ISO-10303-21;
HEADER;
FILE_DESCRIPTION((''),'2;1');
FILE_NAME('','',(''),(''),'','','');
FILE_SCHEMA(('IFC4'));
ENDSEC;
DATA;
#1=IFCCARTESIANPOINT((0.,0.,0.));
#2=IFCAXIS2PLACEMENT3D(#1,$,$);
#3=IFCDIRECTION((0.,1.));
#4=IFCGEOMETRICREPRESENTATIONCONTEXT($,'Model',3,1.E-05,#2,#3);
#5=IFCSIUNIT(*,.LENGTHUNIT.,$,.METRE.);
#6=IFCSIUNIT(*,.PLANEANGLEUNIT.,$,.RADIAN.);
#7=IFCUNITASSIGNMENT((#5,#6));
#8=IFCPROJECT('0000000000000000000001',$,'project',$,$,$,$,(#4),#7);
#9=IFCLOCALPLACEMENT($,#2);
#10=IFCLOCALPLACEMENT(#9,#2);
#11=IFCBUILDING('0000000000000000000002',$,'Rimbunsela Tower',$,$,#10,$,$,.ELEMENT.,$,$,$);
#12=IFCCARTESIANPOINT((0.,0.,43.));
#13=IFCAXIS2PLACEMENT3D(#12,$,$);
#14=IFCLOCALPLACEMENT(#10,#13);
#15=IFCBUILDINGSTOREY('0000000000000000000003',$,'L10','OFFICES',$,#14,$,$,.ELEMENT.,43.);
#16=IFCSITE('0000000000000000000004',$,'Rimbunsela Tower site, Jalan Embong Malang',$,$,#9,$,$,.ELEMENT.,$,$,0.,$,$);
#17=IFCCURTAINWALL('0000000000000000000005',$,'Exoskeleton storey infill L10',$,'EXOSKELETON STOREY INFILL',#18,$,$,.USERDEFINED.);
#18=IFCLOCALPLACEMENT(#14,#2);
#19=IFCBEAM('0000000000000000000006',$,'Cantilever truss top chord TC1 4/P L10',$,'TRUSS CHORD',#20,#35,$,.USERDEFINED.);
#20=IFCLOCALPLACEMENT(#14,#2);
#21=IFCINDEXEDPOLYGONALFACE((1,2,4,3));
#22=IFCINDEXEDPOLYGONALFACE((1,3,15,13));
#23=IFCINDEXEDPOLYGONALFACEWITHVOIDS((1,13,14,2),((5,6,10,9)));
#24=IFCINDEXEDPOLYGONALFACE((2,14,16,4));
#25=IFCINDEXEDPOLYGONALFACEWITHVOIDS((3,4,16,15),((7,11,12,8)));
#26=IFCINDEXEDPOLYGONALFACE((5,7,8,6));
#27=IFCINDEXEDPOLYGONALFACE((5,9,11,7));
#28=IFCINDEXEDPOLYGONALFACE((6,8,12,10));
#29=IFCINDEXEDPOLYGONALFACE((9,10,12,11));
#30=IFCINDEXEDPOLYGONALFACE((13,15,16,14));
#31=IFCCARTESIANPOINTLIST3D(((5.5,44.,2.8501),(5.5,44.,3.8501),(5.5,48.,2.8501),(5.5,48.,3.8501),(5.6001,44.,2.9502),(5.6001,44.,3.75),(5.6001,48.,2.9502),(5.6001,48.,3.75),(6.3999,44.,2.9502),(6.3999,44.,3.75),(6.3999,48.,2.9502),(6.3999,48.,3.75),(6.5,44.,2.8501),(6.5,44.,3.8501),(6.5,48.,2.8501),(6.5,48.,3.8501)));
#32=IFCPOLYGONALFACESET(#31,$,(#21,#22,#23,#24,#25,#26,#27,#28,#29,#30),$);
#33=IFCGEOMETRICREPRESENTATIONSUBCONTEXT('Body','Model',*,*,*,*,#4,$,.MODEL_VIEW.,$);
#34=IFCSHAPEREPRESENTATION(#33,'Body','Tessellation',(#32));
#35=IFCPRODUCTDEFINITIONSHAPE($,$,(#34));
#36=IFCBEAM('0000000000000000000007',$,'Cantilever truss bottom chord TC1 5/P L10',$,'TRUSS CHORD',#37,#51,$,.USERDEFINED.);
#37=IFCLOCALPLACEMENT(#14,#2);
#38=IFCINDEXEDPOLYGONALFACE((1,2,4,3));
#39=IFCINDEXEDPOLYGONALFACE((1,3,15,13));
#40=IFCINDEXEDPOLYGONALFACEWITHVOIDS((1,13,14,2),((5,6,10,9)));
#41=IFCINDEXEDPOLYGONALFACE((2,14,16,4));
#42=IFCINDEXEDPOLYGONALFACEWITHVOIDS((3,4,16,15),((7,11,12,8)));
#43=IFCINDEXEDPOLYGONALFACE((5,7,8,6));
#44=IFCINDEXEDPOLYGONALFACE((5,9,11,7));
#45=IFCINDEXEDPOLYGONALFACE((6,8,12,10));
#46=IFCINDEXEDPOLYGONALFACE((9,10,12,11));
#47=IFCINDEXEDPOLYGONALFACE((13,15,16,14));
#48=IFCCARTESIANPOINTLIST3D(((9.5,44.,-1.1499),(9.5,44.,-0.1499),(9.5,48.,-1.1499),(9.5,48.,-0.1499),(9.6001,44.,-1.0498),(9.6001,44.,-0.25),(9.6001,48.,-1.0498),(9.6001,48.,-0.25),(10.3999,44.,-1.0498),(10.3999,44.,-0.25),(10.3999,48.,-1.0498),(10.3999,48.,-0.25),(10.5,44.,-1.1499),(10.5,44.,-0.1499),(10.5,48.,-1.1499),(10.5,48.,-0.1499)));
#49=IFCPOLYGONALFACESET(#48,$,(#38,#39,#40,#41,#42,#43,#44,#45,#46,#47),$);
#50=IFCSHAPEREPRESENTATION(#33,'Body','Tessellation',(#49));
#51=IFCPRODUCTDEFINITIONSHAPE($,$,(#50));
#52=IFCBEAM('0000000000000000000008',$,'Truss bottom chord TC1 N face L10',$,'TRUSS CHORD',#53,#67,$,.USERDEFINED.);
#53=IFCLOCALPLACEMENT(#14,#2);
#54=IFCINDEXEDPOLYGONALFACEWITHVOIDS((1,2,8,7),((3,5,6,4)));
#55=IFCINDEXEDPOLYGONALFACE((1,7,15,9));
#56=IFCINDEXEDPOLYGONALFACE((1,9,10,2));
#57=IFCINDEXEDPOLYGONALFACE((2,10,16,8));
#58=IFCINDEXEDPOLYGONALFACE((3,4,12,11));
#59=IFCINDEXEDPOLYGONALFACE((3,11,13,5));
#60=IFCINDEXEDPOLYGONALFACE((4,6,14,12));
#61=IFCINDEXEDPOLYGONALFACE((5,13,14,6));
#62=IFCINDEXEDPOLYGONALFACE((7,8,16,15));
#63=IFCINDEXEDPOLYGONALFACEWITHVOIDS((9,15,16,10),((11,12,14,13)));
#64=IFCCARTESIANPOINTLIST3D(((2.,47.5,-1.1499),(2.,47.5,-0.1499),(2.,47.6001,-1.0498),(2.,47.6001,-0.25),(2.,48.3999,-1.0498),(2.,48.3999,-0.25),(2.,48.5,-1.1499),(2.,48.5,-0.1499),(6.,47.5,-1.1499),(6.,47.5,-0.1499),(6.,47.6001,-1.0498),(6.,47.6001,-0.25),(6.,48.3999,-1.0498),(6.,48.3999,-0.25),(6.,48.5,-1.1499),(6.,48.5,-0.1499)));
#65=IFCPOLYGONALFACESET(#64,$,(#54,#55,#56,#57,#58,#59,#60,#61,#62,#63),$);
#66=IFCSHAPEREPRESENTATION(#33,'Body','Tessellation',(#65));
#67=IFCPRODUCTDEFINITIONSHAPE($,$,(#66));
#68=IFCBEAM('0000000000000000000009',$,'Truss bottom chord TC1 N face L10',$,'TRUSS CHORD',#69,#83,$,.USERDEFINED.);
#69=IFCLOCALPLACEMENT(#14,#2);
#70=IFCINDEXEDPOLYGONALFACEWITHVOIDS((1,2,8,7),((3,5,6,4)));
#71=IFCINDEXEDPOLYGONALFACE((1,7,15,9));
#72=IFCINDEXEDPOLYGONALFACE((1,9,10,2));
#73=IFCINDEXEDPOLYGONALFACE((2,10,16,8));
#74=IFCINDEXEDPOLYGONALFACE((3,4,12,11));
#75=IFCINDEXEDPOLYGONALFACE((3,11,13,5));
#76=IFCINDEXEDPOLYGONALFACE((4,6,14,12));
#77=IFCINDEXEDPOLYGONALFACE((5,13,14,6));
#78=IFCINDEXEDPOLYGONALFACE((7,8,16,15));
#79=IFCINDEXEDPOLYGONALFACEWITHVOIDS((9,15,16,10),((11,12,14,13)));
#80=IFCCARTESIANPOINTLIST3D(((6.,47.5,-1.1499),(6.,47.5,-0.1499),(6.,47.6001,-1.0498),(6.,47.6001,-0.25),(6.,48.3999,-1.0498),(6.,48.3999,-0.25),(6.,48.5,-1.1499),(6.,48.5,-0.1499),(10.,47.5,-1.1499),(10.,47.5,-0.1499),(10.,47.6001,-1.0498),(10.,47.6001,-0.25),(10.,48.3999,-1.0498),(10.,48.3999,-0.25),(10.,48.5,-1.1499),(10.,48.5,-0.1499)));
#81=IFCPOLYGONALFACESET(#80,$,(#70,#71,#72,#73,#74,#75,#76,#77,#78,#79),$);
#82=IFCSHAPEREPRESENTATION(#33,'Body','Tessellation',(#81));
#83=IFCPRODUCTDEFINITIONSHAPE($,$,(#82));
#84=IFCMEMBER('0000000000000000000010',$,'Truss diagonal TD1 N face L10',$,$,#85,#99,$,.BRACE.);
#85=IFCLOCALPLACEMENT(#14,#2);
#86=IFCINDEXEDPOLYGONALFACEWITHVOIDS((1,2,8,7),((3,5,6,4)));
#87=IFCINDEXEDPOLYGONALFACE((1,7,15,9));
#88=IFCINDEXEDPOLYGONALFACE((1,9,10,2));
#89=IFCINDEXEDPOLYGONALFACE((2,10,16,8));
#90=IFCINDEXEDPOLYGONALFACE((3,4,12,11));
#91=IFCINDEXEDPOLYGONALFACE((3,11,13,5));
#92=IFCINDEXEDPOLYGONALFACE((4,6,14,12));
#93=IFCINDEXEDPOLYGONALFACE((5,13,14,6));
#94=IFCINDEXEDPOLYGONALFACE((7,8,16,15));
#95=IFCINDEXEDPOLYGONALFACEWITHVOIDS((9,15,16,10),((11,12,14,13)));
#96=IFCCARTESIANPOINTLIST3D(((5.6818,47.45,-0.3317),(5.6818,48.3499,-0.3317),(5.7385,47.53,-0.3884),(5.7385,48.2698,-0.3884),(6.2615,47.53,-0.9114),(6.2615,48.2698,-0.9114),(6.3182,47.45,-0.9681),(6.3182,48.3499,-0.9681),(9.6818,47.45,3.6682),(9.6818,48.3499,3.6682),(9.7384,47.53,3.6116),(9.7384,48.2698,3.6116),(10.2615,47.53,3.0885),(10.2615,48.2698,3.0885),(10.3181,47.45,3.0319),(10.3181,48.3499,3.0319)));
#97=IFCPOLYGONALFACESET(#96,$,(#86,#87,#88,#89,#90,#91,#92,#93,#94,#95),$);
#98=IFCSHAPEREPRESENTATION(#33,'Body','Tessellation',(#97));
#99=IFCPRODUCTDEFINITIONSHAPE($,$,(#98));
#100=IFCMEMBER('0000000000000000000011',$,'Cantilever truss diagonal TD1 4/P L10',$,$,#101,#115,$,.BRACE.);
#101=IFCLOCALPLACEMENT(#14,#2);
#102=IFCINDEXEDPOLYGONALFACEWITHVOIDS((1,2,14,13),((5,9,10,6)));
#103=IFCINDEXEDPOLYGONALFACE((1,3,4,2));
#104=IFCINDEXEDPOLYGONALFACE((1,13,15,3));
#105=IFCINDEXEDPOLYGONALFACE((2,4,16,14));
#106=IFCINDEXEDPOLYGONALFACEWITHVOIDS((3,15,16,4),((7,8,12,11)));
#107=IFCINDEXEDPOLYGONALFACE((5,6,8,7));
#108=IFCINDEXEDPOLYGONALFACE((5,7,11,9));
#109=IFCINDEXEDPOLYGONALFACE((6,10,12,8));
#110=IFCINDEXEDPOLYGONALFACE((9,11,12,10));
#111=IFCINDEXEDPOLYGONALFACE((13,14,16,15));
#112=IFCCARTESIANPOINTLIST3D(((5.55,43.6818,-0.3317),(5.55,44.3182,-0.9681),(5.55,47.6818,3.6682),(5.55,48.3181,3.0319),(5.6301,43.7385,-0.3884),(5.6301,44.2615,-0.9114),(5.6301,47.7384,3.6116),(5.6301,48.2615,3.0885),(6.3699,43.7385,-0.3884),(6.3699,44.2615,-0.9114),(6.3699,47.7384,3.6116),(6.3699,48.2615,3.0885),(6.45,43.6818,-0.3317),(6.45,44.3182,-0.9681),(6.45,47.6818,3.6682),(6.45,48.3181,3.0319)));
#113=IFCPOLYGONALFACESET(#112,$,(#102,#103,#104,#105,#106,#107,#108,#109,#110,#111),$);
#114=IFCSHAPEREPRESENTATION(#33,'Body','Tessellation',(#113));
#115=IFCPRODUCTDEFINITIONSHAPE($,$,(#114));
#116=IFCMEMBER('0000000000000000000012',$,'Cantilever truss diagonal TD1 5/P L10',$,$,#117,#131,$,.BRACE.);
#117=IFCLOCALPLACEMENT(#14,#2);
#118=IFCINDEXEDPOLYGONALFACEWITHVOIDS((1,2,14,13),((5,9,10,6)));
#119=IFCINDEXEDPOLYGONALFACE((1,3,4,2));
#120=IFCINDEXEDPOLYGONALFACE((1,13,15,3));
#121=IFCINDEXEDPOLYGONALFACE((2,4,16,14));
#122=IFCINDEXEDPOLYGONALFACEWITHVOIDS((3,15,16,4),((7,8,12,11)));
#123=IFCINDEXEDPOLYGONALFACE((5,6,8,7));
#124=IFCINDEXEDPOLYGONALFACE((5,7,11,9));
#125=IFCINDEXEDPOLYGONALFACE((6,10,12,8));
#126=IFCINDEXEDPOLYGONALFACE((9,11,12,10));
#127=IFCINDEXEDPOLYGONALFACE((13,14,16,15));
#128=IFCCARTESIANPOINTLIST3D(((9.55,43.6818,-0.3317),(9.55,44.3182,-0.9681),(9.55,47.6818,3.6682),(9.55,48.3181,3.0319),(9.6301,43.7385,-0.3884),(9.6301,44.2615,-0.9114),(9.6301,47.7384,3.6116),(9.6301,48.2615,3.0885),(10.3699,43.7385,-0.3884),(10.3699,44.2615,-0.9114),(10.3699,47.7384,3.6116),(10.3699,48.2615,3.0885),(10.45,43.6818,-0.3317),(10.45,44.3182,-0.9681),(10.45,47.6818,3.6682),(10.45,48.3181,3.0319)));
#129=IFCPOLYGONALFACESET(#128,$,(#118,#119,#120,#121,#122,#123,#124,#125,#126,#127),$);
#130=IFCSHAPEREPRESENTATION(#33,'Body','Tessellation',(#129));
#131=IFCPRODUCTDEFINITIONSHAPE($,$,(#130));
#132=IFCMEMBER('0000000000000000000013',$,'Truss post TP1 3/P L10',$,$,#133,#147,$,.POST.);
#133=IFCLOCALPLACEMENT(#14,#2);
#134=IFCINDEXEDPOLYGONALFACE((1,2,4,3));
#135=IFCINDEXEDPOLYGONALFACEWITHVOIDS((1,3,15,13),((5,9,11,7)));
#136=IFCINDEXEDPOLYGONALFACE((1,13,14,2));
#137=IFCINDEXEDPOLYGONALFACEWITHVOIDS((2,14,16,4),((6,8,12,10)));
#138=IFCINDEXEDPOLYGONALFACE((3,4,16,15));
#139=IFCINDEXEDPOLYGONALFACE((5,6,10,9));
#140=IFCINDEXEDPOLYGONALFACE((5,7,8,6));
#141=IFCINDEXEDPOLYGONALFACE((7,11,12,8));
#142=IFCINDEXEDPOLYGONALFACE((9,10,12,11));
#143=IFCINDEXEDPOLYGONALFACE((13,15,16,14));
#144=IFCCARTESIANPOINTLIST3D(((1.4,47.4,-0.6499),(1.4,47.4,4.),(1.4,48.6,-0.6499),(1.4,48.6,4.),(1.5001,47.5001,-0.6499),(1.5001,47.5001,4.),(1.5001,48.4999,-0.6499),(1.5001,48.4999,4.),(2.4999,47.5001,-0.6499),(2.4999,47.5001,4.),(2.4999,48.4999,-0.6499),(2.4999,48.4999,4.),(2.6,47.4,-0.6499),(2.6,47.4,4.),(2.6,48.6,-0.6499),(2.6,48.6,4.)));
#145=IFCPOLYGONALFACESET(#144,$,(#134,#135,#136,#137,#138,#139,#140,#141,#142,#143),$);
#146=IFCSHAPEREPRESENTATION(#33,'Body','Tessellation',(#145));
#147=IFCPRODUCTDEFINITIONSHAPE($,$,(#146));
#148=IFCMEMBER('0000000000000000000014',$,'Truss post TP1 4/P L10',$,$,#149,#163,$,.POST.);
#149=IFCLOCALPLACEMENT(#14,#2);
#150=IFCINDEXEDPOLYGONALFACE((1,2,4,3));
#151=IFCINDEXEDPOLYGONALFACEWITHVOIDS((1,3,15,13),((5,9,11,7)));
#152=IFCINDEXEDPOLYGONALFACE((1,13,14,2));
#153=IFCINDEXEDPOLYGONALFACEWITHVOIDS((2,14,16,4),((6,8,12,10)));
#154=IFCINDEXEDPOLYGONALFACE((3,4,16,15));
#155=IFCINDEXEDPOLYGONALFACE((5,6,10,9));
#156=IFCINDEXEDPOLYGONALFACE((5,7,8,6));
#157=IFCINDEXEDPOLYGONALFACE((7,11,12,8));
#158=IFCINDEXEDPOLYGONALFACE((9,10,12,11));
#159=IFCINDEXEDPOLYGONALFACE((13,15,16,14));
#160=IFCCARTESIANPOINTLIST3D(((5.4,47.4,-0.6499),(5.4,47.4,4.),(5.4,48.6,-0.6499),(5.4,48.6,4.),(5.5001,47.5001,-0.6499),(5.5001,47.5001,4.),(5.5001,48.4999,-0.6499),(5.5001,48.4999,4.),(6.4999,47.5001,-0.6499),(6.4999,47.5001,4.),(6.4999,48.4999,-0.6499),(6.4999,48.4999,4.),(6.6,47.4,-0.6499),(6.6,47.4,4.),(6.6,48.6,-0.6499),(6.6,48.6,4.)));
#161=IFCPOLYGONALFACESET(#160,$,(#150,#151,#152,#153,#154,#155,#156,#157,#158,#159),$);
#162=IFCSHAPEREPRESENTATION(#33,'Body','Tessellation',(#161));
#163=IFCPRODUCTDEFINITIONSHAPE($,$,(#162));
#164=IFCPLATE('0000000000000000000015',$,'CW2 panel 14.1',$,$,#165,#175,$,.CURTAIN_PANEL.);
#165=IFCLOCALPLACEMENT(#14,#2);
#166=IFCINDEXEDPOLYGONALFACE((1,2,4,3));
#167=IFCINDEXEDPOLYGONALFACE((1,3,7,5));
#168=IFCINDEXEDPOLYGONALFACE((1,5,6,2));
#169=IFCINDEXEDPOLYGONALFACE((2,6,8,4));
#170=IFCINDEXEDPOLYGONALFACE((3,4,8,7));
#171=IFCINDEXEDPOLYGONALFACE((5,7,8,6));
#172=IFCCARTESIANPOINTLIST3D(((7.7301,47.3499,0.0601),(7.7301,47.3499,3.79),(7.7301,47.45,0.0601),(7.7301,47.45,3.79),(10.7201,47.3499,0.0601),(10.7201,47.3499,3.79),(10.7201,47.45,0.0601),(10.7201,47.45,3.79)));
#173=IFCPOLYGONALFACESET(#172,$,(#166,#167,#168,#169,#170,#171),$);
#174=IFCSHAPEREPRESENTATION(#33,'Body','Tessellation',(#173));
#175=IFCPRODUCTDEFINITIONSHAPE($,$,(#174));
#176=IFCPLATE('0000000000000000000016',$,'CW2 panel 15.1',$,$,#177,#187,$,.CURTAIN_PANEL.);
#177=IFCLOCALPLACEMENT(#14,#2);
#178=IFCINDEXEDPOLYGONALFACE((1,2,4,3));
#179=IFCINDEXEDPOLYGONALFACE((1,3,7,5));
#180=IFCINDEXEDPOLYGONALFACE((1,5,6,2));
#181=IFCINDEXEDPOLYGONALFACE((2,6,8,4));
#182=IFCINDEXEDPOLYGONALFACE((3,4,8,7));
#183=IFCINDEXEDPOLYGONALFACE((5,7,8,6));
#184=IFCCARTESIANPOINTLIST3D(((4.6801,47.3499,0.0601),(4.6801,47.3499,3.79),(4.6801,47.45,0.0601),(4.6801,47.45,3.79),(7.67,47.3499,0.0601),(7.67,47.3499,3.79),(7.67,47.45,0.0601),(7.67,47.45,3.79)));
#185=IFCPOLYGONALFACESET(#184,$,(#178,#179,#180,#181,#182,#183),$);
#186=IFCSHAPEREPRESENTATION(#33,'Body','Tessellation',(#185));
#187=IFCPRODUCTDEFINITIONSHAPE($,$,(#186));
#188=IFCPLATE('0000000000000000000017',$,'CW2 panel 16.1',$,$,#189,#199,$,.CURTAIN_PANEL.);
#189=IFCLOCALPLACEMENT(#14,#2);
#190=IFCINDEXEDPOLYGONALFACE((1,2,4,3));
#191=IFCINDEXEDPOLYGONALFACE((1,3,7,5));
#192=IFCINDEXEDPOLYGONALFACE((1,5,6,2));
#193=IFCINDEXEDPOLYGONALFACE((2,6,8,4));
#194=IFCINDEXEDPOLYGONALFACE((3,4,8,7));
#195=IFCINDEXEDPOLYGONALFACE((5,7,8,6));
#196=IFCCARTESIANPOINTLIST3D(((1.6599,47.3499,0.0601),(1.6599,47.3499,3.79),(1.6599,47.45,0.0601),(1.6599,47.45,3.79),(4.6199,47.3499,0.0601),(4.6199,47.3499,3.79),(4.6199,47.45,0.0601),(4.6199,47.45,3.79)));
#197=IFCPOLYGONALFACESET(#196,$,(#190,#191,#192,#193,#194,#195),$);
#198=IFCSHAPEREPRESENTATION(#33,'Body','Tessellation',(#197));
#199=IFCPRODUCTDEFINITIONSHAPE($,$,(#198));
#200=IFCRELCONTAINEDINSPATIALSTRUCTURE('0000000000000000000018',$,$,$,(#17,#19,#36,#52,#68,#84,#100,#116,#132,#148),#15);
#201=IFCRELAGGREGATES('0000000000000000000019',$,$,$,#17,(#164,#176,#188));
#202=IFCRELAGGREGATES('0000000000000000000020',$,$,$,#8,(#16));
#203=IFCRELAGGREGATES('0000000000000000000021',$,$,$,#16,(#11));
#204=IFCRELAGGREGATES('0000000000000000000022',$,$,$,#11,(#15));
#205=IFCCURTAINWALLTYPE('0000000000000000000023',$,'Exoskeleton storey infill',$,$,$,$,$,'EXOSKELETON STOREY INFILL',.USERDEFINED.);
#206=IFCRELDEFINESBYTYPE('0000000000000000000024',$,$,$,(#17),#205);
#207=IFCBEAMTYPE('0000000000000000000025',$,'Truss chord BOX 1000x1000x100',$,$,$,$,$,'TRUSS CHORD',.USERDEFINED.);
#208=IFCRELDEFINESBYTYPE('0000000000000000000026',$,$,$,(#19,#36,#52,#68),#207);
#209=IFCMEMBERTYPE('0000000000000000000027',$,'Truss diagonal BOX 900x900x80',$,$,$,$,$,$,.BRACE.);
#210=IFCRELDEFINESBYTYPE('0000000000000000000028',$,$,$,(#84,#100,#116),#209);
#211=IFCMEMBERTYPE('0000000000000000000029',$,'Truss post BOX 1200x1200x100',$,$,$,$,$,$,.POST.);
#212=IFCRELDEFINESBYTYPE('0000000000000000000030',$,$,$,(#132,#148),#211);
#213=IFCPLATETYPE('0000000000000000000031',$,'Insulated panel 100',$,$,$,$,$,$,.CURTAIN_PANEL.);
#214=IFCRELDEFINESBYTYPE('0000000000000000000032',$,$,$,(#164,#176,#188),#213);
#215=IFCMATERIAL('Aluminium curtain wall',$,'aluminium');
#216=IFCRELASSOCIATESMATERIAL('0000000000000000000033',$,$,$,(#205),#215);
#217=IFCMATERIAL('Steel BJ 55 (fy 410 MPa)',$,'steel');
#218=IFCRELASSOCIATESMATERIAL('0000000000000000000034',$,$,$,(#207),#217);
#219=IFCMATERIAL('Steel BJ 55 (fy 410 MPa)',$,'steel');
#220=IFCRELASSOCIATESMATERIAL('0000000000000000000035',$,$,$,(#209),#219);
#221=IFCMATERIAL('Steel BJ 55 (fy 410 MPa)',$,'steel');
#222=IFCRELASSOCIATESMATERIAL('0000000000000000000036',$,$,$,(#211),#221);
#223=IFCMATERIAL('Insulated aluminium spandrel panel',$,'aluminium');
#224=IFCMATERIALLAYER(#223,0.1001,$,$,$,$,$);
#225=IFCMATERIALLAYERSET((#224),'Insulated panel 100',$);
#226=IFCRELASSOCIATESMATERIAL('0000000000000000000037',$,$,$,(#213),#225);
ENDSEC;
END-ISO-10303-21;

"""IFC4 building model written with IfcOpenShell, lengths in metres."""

from ifc_helpers import new_model, si_unit, direction, frame, origin, origin_2d, place, context, subcontext, project, spatial, rectangle, hollow_rectangle, extrude, material, layer, layer_set, material_profile, profile_set, type_object, element, aggregate, save


model = new_model("IFC4")

# Units and contexts
model_context = context("Model", 3, precision=1e-05, world=origin(), true_north=direction((0.0, 1.0)))
body_context = subcontext(model_context, "Body", "Model", "MODEL_VIEW")
ifc_project = project(units=[si_unit("LENGTHUNIT", "METRE"), si_unit("PLANEANGLEUNIT", "RADIAN")], contexts=[model_context])

# Site, building, storey
site_placement = place(None, origin())
site = spatial("IfcSite", under=ifc_project, at=site_placement, Name="Rimbunsela Tower site, Jalan Embong Malang", CompositionType="ELEMENT", RefElevation=0.0)
building_placement = place(site_placement, origin())
building = spatial("IfcBuilding", under=site, at=building_placement, Name="Rimbunsela Tower", CompositionType="ELEMENT")
storey_placement = place(building_placement, frame((0.0, 0.0, 43.0)))
storey = spatial("IfcBuildingStorey", under=building, at=storey_placement, Name="L10", Description="OFFICES", CompositionType="ELEMENT", Elevation=43.0)

# Curtain wall
ifc_material_1 = material(Name="Aluminium curtain wall", Category="aluminium")
curtain_wall_type = type_object("IfcCurtainWallType", Name="Exoskeleton storey infill", ElementType="EXOSKELETON STOREY INFILL", PredefinedType="USERDEFINED", material=ifc_material_1)
curtain_wall_placement = place(storey_placement, origin())
curtain_wall = element("IfcCurtainWall", 1, at=curtain_wall_placement, inside=storey, type_object=curtain_wall_type, Name="Exoskeleton storey infill L10", ObjectType="EXOSKELETON STOREY INFILL", PredefinedType="USERDEFINED")

# Beams
ifc_material_2 = material(Name="Steel BJ 55 (fy 410 MPa)", Category="steel")
ifc_material_profile_1 = material_profile(ifc_material_2, hollow_rectangle(XDim=1.0, YDim=1.0, WallThickness=0.1001, at=origin_2d()), Name="BOX 1000x1000x100")
ifc_profile_set_1 = profile_set([ifc_material_profile_1], Name="Steel BJ 55 (fy 410 MPa)")
beam_type_1 = type_object("IfcBeamType", Name="Truss chord BOX 1000x1000x100", ElementType="TRUSS CHORD", PredefinedType="USERDEFINED", material=ifc_profile_set_1)
for number, where, z_axis, x_axis, name in (
    (2, (6.0, 44.0, 3.3501), (0.0, 1.0, 0.0), (-1.0, 0.0, 0.0), "Cantilever truss top chord TC1 4/P L10"),
    (3, (10.0, 44.0, -0.6499), (0.0, 1.0, 0.0), (-1.0, 0.0, 0.0), "Cantilever truss bottom chord TC1 5/P L10"),
    (4, (2.0, 48.0, -0.6499), (1.0, 0.0, 0.0), (0.0, 1.0, 0.0), "Truss bottom chord TC1 N face L10"),
    (5, (6.0, 48.0, -0.6499), (1.0, 0.0, 0.0), (0.0, 1.0, 0.0), "Truss bottom chord TC1 N face L10"),
):
    element("IfcBeam", number, at=place(storey_placement, frame(where, z_axis=z_axis, x_axis=x_axis)), inside=storey, type_object=beam_type_1, Name=name, ObjectType="TRUSS CHORD", PredefinedType="USERDEFINED", context=body_context, shape_type="SweptSolid", body=[
        extrude(hollow_rectangle(XDim=1.0, YDim=1.0, WallThickness=0.1001, at=origin_2d()), origin(), (0.0, 0.0, 1.0), 4.0),
    ])

# Members
ifc_material_3 = material(Name="Steel BJ 55 (fy 410 MPa)", Category="steel")
ifc_material_profile_2 = material_profile(ifc_material_3, hollow_rectangle(XDim=0.8999, YDim=0.8999, WallThickness=0.0801, at=origin_2d()), Name="BOX 900x900x80")
ifc_profile_set_2 = profile_set([ifc_material_profile_2], Name="Steel BJ 55 (fy 410 MPa)")
member_type_1 = type_object("IfcMemberType", Name="Truss diagonal BOX 900x900x80", PredefinedType="BRACE", material=ifc_profile_set_2)
for number, where, z_axis, x_axis, name in (
    (6, (6.0, 47.8999, -0.6499), (0.707107, 0.0, 0.707107), (0.0, 1.0, 0.0), "Truss diagonal TD1 N face L10"),
    (7, (6.0, 44.0, -0.6499), (0.0, 0.707107, 0.707107), (-1.0, 0.0, 0.0), "Cantilever truss diagonal TD1 4/P L10"),
    (8, (10.0, 44.0, -0.6499), (0.0, 0.707107, 0.707107), (-1.0, 0.0, 0.0), "Cantilever truss diagonal TD1 5/P L10"),
):
    element("IfcMember", number, at=place(storey_placement, frame(where, z_axis=z_axis, x_axis=x_axis)), inside=storey, type_object=member_type_1, Name=name, PredefinedType="BRACE", context=body_context, shape_type="SweptSolid", body=[
        extrude(hollow_rectangle(XDim=0.8999, YDim=0.8999, WallThickness=0.0801, at=origin_2d()), origin(), (0.0, 0.0, 1.0), 5.6567),
    ])
ifc_material_4 = material(Name="Steel BJ 55 (fy 410 MPa)", Category="steel")
ifc_material_profile_3 = material_profile(ifc_material_4, hollow_rectangle(XDim=1.2, YDim=1.2, WallThickness=0.1001, at=origin_2d()), Name="BOX 1200x1200x100")
ifc_profile_set_3 = profile_set([ifc_material_profile_3], Name="Steel BJ 55 (fy 410 MPa)")
member_type_2 = type_object("IfcMemberType", Name="Truss post BOX 1200x1200x100", PredefinedType="POST", material=ifc_profile_set_3)
for number, where, z_axis, x_axis, name in (
    (9, (2.0, 48.0, -0.6499), (0.0, 0.0, 1.0), (1.0, 0.0, 0.0), "Truss post TP1 3/P L10"),
    (10, (6.0, 48.0, -0.6499), (0.0, 0.0, 1.0), (1.0, 0.0, 0.0), "Truss post TP1 4/P L10"),
):
    element("IfcMember", number, at=place(storey_placement, frame(where, z_axis=z_axis, x_axis=x_axis)), inside=storey, type_object=member_type_2, Name=name, PredefinedType="POST", context=body_context, shape_type="SweptSolid", body=[
        extrude(hollow_rectangle(XDim=1.2, YDim=1.2, WallThickness=0.1001, at=origin_2d()), origin(), (0.0, 0.0, 1.0), 4.6499),
    ])

# Plates
ifc_material_5 = material(Name="Insulated aluminium spandrel panel", Category="aluminium")
ifc_layer = layer(ifc_material_5, 0.1001)
ifc_layer_set = layer_set([ifc_layer], Name="Insulated panel 100")
plate_type = type_object("IfcPlateType", Name="Insulated panel 100", PredefinedType="CURTAIN_PANEL", material=ifc_layer_set)
plate_1_placement = place(storey_placement, frame((9.2251, 47.3999, 0.0601), z_axis=(0.0, 0.0, 1.0), x_axis=(-1.0, 0.0, 0.0)))
plate_1 = element("IfcPlate", 11, at=plate_1_placement, type_object=plate_type, Name="CW2 panel 14.1", PredefinedType="CURTAIN_PANEL", context=body_context, shape_type="SweptSolid", body=[
    extrude(rectangle(XDim=2.99, YDim=0.1001, at=origin_2d()), origin(), (0.0, 0.0, 1.0), 3.73),
])
plate_2_placement = place(storey_placement, frame((6.175, 47.3999, 0.0601), z_axis=(0.0, 0.0, 1.0), x_axis=(-1.0, 0.0, 0.0)))
plate_2 = element("IfcPlate", 12, at=plate_2_placement, type_object=plate_type, Name="CW2 panel 15.1", PredefinedType="CURTAIN_PANEL", context=body_context, shape_type="SweptSolid", body=[
    extrude(rectangle(XDim=2.99, YDim=0.1001, at=origin_2d()), origin(), (0.0, 0.0, 1.0), 3.73),
])
plate_3_placement = place(storey_placement, frame((3.1399, 47.3999, 0.0601), z_axis=(0.0, 0.0, 1.0), x_axis=(-1.0, 0.0, 0.0)))
plate_3 = element("IfcPlate", 13, at=plate_3_placement, type_object=plate_type, Name="CW2 panel 16.1", PredefinedType="CURTAIN_PANEL", context=body_context, shape_type="SweptSolid", body=[
    extrude(rectangle(XDim=2.96, YDim=0.1001, at=origin_2d()), origin(), (0.0, 0.0, 1.0), 3.73),
])
aggregate(curtain_wall, [plate_1, plate_2, plate_3])

save(model, "model.ifc")
